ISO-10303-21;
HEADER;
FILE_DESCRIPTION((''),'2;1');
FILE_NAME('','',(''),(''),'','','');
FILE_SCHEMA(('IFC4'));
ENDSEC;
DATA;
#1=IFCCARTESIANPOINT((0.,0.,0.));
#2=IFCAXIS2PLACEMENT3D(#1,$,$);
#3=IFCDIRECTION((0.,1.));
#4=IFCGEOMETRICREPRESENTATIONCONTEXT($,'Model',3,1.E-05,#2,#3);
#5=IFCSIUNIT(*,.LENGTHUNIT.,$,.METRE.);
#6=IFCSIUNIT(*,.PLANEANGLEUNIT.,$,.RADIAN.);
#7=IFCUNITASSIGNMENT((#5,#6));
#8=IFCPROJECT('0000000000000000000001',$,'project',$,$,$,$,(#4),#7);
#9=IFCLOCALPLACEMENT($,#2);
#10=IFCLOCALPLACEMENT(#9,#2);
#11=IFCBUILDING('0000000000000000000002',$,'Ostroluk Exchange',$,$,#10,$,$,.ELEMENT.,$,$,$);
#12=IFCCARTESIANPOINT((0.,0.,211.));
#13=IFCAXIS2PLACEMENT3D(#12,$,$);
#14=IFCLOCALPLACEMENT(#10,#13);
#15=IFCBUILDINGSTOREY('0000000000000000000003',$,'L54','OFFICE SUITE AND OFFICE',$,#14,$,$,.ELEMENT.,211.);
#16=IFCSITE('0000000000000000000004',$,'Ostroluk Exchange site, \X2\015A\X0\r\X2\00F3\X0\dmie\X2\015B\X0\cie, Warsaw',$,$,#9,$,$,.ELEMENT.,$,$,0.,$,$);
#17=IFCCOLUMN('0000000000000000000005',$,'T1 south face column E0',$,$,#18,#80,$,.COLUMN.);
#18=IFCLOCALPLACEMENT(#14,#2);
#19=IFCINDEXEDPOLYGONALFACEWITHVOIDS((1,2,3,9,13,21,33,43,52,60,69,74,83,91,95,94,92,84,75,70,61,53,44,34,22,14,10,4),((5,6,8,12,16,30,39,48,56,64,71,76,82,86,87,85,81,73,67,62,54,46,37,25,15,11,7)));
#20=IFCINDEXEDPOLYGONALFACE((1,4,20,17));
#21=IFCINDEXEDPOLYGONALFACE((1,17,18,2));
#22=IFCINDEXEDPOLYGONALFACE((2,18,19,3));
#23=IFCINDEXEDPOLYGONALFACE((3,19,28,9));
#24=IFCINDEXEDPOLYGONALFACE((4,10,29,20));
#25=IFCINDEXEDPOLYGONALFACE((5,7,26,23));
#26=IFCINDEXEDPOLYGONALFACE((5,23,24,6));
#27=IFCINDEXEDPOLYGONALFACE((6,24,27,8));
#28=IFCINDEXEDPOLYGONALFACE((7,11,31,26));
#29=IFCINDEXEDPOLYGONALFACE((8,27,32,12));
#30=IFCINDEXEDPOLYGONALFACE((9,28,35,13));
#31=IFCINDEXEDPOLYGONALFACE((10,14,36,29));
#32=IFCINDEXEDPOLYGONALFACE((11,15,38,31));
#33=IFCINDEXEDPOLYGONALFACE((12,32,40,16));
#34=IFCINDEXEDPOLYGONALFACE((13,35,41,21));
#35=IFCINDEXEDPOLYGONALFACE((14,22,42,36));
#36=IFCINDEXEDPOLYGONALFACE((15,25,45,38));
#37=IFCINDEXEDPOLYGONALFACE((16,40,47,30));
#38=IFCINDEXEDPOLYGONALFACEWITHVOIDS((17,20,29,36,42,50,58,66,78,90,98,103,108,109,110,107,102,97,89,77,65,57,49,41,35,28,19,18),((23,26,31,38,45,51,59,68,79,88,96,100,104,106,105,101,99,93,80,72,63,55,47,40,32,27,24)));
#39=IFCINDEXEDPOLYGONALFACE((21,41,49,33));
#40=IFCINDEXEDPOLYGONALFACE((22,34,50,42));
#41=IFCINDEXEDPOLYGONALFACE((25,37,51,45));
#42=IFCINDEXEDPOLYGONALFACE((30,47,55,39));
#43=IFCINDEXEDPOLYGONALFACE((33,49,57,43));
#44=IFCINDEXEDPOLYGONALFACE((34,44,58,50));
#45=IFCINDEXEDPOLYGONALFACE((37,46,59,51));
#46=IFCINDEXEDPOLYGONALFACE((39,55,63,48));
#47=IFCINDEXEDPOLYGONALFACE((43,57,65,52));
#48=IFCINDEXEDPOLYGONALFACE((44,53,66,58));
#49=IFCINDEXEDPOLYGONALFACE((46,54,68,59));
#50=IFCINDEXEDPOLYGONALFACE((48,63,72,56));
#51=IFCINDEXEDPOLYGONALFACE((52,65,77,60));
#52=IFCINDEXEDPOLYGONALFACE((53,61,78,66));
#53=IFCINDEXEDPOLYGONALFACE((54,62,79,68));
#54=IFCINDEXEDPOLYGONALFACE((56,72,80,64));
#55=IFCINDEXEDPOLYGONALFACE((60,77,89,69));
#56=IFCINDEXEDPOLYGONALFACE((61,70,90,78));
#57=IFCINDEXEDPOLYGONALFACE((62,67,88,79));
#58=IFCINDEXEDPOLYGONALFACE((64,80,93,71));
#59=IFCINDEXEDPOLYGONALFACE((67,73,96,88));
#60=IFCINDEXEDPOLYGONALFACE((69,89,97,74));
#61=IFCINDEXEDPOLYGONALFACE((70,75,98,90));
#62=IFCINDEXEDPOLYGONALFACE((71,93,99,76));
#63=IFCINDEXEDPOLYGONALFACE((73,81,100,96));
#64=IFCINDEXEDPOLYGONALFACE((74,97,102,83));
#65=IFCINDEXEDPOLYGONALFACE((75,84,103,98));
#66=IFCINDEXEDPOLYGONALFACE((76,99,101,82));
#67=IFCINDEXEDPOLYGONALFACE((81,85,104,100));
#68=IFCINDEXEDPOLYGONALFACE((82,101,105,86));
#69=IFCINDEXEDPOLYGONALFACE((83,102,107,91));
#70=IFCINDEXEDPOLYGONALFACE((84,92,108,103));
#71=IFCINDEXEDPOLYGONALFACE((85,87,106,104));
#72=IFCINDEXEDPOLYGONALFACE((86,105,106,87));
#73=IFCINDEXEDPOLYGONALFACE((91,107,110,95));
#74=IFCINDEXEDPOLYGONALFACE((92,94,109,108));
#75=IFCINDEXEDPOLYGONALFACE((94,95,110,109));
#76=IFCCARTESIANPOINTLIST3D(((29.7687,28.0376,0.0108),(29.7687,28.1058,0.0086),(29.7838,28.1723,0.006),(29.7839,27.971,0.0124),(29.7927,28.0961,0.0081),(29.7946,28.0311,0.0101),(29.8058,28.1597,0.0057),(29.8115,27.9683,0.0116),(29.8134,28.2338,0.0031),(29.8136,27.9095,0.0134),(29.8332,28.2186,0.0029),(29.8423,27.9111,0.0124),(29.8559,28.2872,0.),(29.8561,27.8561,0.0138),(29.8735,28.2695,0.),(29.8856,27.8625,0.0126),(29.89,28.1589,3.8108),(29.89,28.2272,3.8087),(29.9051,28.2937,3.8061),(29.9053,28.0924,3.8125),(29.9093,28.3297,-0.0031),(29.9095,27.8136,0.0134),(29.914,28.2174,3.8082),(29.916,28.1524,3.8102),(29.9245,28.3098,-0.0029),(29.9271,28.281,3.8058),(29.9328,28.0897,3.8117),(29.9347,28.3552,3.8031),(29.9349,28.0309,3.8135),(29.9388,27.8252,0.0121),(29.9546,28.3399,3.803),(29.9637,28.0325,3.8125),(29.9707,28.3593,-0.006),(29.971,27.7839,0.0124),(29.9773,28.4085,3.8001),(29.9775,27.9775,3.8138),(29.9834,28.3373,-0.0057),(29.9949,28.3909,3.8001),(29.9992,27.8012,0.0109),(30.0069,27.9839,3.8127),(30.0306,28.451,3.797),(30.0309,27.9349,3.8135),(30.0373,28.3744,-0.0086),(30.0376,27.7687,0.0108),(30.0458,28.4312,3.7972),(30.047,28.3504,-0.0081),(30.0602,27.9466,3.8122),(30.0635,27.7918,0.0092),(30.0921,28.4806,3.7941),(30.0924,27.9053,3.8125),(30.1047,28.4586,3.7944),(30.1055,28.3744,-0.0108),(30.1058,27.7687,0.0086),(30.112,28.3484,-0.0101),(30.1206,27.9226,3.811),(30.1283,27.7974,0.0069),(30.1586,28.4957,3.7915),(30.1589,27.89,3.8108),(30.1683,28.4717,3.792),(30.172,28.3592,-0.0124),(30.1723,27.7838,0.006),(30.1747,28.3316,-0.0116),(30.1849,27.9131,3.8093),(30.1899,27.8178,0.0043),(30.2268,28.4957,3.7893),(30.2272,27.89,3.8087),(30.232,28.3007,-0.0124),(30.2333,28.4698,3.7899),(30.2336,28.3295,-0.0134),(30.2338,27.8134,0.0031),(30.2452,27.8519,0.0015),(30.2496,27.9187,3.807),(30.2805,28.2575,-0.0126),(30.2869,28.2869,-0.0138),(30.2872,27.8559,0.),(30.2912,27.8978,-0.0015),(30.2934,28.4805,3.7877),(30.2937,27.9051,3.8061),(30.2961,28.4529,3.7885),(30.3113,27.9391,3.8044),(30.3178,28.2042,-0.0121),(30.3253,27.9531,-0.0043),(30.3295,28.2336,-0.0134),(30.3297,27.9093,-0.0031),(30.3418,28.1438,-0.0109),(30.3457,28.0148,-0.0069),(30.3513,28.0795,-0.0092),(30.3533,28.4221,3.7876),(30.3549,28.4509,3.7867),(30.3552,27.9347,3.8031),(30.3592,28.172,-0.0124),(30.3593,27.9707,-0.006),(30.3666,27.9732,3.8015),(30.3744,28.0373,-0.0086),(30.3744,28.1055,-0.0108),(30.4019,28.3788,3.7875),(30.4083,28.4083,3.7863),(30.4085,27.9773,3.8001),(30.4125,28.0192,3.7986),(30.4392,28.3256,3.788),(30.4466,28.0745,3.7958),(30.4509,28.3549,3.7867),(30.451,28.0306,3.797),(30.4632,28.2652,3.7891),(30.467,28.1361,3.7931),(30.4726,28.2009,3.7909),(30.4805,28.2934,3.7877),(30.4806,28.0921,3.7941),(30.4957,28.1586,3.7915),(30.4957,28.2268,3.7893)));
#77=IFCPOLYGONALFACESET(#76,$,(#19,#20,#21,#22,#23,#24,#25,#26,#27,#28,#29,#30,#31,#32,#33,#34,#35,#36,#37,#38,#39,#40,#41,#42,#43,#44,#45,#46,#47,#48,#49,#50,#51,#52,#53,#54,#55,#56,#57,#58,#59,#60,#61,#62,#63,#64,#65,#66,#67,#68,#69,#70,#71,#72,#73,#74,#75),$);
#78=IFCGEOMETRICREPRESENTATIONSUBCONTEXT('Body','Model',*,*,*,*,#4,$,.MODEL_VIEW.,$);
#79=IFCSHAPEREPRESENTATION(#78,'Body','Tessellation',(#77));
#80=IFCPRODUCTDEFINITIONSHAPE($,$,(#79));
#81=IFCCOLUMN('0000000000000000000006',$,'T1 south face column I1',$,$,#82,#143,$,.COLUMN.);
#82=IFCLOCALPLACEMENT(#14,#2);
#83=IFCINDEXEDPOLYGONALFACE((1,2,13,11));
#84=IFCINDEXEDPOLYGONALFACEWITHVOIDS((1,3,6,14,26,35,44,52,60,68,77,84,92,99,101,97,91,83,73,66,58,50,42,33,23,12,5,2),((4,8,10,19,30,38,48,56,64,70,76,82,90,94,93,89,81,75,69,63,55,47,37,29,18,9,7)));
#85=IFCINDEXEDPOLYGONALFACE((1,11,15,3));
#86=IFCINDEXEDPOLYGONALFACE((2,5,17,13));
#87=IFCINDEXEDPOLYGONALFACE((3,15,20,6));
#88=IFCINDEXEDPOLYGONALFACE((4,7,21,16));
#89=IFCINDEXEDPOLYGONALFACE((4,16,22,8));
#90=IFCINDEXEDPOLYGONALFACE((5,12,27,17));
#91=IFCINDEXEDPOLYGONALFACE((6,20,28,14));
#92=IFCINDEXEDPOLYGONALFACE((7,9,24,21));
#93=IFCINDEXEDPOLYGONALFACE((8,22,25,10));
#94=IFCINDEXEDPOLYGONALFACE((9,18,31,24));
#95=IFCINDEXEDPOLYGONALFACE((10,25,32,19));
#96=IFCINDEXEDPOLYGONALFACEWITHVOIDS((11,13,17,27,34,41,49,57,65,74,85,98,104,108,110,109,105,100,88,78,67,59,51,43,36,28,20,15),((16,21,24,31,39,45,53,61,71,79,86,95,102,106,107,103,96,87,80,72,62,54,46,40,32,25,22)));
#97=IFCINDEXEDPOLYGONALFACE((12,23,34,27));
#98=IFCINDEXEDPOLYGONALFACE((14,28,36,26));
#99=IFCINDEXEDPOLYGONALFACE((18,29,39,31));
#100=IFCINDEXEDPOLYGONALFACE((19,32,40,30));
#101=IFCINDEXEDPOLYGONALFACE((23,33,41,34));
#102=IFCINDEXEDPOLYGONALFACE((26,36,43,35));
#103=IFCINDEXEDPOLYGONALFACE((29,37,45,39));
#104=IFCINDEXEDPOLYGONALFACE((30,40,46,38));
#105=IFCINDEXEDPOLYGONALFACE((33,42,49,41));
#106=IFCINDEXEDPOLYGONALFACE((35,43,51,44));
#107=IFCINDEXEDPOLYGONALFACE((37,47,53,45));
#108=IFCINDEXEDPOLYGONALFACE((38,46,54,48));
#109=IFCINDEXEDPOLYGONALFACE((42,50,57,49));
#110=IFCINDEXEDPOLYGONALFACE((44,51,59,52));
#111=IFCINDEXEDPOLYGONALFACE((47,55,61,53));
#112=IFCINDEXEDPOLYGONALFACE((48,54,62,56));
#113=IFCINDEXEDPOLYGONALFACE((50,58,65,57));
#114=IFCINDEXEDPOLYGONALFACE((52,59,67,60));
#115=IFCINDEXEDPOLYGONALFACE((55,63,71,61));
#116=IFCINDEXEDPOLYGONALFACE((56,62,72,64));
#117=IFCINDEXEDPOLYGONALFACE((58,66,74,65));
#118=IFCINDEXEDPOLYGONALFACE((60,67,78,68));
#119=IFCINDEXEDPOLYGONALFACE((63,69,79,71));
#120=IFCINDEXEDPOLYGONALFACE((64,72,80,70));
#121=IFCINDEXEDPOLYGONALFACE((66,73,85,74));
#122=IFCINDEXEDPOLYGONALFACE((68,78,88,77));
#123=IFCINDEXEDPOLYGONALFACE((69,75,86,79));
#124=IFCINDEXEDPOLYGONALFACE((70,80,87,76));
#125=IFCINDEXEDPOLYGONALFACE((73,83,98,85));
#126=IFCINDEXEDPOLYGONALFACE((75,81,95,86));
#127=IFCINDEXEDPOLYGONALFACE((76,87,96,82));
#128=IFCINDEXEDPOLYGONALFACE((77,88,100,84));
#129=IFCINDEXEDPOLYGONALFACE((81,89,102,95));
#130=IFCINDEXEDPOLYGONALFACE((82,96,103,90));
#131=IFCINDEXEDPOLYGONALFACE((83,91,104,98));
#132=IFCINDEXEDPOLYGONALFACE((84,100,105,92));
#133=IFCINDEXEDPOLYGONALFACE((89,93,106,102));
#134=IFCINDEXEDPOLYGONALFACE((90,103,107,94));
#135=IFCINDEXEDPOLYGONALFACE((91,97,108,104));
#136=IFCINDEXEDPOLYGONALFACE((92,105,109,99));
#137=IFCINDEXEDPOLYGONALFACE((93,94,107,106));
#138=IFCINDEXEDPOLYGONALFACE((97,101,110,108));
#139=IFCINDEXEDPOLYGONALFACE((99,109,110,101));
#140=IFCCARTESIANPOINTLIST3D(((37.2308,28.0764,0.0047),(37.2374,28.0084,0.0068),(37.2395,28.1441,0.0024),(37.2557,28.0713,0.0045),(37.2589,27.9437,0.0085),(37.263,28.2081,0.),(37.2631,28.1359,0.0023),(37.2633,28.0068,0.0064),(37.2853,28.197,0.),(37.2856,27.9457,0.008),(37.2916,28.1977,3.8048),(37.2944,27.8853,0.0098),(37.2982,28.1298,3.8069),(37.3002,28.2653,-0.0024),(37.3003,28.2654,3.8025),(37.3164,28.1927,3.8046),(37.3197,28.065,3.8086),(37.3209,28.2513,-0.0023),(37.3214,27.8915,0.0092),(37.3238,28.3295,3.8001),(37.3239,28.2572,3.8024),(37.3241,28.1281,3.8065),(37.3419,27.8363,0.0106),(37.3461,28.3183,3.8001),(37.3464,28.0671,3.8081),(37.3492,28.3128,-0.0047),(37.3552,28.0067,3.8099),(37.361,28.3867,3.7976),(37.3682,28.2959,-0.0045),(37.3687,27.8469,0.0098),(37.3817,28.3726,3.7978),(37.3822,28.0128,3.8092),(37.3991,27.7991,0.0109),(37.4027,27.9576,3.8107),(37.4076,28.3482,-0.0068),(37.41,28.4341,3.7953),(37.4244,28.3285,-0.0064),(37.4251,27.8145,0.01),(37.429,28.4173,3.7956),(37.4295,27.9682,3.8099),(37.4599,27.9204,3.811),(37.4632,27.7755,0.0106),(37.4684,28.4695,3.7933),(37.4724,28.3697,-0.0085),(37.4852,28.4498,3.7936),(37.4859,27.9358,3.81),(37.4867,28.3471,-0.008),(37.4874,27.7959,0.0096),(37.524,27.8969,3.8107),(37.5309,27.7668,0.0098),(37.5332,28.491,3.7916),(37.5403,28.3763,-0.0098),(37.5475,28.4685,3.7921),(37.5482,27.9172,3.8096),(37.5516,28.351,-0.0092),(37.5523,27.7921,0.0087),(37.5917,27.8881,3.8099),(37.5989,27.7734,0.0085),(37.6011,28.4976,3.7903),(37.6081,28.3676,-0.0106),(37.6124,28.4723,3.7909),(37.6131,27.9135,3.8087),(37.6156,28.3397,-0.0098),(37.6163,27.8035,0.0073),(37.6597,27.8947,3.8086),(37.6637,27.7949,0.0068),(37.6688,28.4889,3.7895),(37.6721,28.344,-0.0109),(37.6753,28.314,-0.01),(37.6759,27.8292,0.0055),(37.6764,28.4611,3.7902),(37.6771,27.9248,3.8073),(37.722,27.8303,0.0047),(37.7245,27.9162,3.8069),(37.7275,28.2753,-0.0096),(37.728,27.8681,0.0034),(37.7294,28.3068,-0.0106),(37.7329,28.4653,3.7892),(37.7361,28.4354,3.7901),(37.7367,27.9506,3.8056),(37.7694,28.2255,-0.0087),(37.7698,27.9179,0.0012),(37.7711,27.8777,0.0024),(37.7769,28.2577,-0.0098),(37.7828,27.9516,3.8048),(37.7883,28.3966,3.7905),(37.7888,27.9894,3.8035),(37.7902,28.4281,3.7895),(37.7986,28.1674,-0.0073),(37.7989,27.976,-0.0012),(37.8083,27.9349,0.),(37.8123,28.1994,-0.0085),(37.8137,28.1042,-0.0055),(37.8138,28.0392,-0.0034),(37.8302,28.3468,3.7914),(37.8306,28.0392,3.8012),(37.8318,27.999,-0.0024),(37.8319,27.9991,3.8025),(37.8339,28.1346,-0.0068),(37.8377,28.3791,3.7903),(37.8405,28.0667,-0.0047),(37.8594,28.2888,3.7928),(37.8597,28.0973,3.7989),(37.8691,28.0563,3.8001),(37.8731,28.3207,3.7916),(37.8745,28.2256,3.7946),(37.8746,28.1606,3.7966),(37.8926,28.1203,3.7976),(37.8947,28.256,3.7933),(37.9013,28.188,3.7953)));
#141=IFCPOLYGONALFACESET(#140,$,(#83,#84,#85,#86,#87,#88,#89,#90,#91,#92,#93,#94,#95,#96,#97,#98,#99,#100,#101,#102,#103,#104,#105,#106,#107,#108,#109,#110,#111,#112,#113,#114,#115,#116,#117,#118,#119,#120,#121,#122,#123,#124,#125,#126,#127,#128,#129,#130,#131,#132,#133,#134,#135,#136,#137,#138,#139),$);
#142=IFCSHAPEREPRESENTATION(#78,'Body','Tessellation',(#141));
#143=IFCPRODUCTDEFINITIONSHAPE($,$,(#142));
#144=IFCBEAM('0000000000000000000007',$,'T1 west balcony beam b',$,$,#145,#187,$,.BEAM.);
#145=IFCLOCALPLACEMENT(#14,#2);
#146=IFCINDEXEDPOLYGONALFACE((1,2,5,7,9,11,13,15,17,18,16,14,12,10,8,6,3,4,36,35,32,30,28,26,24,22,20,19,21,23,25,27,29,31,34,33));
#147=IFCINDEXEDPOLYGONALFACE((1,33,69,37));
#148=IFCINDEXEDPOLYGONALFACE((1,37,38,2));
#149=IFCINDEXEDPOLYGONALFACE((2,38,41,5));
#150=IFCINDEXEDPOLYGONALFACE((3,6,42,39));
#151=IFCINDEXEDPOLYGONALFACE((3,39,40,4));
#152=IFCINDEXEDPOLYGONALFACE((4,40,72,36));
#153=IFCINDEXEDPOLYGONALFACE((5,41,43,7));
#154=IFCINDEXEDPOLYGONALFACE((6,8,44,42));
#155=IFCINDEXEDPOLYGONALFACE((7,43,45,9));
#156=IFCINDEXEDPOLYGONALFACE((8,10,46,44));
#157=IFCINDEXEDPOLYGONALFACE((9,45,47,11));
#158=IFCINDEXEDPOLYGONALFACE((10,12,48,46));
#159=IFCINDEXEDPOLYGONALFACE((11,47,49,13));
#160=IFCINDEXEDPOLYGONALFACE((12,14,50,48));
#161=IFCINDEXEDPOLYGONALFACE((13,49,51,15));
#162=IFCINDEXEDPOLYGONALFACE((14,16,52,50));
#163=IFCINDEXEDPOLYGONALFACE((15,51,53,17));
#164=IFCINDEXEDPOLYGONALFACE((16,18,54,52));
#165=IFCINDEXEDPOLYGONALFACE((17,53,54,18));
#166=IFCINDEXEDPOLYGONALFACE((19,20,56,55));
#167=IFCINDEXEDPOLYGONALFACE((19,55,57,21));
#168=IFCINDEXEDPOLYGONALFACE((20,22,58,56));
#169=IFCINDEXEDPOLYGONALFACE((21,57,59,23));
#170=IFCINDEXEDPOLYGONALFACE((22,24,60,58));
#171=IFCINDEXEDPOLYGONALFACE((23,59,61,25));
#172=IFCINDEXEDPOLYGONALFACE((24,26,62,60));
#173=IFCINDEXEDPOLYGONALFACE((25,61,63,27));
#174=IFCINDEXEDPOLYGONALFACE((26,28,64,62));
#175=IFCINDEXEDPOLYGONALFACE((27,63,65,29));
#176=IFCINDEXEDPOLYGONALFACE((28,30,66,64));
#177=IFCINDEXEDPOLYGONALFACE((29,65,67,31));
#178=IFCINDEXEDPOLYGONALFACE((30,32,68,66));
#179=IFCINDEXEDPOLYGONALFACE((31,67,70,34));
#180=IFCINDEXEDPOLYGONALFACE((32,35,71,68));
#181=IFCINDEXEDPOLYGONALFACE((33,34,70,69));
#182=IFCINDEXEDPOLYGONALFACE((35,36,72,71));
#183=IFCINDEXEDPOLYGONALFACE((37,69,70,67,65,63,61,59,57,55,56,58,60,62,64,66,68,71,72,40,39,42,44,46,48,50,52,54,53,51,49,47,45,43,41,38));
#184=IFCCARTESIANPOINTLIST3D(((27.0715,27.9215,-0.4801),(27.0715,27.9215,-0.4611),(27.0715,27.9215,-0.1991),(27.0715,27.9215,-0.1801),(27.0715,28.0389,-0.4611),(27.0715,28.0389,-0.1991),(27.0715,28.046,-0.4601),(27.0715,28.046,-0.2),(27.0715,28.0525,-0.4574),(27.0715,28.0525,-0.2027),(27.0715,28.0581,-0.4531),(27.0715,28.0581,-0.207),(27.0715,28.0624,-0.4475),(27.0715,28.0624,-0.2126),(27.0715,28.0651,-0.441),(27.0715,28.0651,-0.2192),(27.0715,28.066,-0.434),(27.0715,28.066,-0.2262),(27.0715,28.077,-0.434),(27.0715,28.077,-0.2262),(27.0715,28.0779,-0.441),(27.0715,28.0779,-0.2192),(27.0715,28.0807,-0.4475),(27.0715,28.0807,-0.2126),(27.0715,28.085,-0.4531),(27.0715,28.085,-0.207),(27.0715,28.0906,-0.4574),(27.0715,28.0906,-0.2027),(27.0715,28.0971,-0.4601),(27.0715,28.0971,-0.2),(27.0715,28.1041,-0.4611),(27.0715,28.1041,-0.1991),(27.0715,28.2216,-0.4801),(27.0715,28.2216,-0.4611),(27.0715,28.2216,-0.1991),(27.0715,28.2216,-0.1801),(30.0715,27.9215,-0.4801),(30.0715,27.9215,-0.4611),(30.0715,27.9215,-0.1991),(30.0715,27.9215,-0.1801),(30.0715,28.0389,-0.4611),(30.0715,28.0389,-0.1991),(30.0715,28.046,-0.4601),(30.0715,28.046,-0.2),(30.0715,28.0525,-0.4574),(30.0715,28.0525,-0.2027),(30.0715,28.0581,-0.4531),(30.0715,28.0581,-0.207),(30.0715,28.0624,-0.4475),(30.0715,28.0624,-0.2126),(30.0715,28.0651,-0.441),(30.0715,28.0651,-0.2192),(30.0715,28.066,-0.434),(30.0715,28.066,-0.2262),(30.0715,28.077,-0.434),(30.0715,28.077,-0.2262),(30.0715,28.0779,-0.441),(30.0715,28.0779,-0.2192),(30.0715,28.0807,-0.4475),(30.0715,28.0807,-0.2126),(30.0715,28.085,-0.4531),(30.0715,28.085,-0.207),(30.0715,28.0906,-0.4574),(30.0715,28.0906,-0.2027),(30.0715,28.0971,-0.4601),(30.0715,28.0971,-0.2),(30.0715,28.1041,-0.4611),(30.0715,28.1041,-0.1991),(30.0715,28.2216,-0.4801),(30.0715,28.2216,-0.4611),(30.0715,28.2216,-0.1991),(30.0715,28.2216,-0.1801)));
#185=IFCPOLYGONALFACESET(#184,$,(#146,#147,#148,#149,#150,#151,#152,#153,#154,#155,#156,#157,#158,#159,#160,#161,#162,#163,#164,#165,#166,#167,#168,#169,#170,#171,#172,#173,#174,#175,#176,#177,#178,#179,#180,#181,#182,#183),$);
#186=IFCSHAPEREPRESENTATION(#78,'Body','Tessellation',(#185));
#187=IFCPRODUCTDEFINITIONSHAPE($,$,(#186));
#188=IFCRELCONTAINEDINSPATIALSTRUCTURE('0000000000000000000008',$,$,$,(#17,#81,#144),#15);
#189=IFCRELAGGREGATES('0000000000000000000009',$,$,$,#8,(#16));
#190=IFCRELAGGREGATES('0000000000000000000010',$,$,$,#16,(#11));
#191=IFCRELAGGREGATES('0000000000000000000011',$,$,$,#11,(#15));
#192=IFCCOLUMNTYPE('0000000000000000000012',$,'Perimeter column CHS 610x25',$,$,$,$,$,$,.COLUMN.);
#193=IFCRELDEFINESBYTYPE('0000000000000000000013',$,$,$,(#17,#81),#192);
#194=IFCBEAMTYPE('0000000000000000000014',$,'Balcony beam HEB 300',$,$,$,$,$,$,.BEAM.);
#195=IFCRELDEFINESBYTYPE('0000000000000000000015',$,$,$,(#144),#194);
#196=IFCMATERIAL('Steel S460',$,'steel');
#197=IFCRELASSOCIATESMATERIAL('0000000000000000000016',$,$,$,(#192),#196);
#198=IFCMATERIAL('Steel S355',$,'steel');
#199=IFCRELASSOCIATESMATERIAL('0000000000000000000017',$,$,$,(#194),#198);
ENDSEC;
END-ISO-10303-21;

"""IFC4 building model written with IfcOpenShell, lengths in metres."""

from ifc_helpers import new_model, si_unit, direction, frame, origin, origin_2d, place, context, subcontext, project, spatial, hollow_circle, i_section, extrude, material, material_profile, profile_set, type_object, element, save


model = new_model("IFC4")

# Units and contexts
model_context = context("Model", 3, precision=1e-05, world=origin(), true_north=direction((0.0, 1.0)))
body_context = subcontext(model_context, "Body", "Model", "MODEL_VIEW")
ifc_project = project(units=[si_unit("LENGTHUNIT", "METRE"), si_unit("PLANEANGLEUNIT", "RADIAN")], contexts=[model_context])

# Site, building, storey
site_placement = place(None, origin())
site = spatial("IfcSite", under=ifc_project, at=site_placement, Name="Ostroluk Exchange site, Śródmieście, Warsaw", CompositionType="ELEMENT", RefElevation=0.0)
building_placement = place(site_placement, origin())
building = spatial("IfcBuilding", under=site, at=building_placement, Name="Ostroluk Exchange", CompositionType="ELEMENT")
storey_placement = place(building_placement, frame((0.0, 0.0, 211.0)))
storey = spatial("IfcBuildingStorey", under=building, at=storey_placement, Name="L54", Description="OFFICE SUITE AND OFFICE", CompositionType="ELEMENT", Elevation=211.0)

# Columns
ifc_material_1 = material(Name="Steel S460", Category="steel")
ifc_material_profile_1 = material_profile(ifc_material_1, hollow_circle(Radius=0.3049, WallThickness=0.0249, at=origin_2d()), Name="CHS 610x25")
ifc_profile_set_1 = profile_set([ifc_material_profile_1], Name="Steel S460")
column_type = type_object("IfcColumnType", Name="Perimeter column CHS 610x25", PredefinedType="COLUMN", material=ifc_profile_set_1)
column_1_placement = place(storey_placement, frame((30.0715, 28.0715, 0.0), z_axis=(0.031898, 0.031898, 0.998982), x_axis=(-0.707107, 0.707107, 0.0)))
element("IfcColumn", 1, at=column_1_placement, inside=storey, type_object=column_type, Name="T1 south face column E0", PredefinedType="COLUMN", context=body_context, shape_type="SweptSolid", body=[
    extrude(hollow_circle(Radius=0.3049, WallThickness=0.0249, at=origin_2d()), origin(), (0.0, 0.0, 1.0), 3.804),
])
column_2_placement = place(storey_placement, frame((37.5356, 28.0715, 0.0), z_axis=(0.015987, 0.03191, 0.999363), x_axis=(-0.894067, 0.447933, 0.0)))
element("IfcColumn", 2, at=column_2_placement, inside=storey, type_object=column_type, Name="T1 south face column I1", PredefinedType="COLUMN", context=body_context, shape_type="SweptSolid", body=[
    extrude(hollow_circle(Radius=0.3049, WallThickness=0.0249, at=origin_2d()), origin(), (0.0, 0.0, 1.0), 3.8025),
])

# Beam
ifc_material_2 = material(Name="Steel S355", Category="steel")
ifc_material_profile_2 = material_profile(ifc_material_2, i_section(OverallWidth=0.3, OverallDepth=0.3, WebThickness=0.011, FlangeThickness=0.019, FilletRadius=0.0271, at=origin_2d()), Name="HEB 300")
ifc_profile_set_2 = profile_set([ifc_material_profile_2], Name="Steel S355")
beam_type_1 = type_object("IfcBeamType", Name="Balcony beam HEB 300", PredefinedType="BEAM", material=ifc_profile_set_2)
beam_1_placement = place(storey_placement, frame((30.0715, 28.0715, -0.3301), z_axis=(-1.0, 0.0, 0.0), x_axis=(0.0, -1.0, 0.0)))
element("IfcBeam", 3, at=beam_1_placement, inside=storey, type_object=beam_type_1, Name="T1 west balcony beam b", PredefinedType="BEAM", context=body_context, shape_type="SweptSolid", body=[
    extrude(i_section(OverallWidth=0.3, OverallDepth=0.3, WebThickness=0.011, FlangeThickness=0.019, FilletRadius=0.0271, at=origin_2d()), origin(), (0.0, 0.0, 1.0), 3.0),
])

save(model, "model.ifc")
